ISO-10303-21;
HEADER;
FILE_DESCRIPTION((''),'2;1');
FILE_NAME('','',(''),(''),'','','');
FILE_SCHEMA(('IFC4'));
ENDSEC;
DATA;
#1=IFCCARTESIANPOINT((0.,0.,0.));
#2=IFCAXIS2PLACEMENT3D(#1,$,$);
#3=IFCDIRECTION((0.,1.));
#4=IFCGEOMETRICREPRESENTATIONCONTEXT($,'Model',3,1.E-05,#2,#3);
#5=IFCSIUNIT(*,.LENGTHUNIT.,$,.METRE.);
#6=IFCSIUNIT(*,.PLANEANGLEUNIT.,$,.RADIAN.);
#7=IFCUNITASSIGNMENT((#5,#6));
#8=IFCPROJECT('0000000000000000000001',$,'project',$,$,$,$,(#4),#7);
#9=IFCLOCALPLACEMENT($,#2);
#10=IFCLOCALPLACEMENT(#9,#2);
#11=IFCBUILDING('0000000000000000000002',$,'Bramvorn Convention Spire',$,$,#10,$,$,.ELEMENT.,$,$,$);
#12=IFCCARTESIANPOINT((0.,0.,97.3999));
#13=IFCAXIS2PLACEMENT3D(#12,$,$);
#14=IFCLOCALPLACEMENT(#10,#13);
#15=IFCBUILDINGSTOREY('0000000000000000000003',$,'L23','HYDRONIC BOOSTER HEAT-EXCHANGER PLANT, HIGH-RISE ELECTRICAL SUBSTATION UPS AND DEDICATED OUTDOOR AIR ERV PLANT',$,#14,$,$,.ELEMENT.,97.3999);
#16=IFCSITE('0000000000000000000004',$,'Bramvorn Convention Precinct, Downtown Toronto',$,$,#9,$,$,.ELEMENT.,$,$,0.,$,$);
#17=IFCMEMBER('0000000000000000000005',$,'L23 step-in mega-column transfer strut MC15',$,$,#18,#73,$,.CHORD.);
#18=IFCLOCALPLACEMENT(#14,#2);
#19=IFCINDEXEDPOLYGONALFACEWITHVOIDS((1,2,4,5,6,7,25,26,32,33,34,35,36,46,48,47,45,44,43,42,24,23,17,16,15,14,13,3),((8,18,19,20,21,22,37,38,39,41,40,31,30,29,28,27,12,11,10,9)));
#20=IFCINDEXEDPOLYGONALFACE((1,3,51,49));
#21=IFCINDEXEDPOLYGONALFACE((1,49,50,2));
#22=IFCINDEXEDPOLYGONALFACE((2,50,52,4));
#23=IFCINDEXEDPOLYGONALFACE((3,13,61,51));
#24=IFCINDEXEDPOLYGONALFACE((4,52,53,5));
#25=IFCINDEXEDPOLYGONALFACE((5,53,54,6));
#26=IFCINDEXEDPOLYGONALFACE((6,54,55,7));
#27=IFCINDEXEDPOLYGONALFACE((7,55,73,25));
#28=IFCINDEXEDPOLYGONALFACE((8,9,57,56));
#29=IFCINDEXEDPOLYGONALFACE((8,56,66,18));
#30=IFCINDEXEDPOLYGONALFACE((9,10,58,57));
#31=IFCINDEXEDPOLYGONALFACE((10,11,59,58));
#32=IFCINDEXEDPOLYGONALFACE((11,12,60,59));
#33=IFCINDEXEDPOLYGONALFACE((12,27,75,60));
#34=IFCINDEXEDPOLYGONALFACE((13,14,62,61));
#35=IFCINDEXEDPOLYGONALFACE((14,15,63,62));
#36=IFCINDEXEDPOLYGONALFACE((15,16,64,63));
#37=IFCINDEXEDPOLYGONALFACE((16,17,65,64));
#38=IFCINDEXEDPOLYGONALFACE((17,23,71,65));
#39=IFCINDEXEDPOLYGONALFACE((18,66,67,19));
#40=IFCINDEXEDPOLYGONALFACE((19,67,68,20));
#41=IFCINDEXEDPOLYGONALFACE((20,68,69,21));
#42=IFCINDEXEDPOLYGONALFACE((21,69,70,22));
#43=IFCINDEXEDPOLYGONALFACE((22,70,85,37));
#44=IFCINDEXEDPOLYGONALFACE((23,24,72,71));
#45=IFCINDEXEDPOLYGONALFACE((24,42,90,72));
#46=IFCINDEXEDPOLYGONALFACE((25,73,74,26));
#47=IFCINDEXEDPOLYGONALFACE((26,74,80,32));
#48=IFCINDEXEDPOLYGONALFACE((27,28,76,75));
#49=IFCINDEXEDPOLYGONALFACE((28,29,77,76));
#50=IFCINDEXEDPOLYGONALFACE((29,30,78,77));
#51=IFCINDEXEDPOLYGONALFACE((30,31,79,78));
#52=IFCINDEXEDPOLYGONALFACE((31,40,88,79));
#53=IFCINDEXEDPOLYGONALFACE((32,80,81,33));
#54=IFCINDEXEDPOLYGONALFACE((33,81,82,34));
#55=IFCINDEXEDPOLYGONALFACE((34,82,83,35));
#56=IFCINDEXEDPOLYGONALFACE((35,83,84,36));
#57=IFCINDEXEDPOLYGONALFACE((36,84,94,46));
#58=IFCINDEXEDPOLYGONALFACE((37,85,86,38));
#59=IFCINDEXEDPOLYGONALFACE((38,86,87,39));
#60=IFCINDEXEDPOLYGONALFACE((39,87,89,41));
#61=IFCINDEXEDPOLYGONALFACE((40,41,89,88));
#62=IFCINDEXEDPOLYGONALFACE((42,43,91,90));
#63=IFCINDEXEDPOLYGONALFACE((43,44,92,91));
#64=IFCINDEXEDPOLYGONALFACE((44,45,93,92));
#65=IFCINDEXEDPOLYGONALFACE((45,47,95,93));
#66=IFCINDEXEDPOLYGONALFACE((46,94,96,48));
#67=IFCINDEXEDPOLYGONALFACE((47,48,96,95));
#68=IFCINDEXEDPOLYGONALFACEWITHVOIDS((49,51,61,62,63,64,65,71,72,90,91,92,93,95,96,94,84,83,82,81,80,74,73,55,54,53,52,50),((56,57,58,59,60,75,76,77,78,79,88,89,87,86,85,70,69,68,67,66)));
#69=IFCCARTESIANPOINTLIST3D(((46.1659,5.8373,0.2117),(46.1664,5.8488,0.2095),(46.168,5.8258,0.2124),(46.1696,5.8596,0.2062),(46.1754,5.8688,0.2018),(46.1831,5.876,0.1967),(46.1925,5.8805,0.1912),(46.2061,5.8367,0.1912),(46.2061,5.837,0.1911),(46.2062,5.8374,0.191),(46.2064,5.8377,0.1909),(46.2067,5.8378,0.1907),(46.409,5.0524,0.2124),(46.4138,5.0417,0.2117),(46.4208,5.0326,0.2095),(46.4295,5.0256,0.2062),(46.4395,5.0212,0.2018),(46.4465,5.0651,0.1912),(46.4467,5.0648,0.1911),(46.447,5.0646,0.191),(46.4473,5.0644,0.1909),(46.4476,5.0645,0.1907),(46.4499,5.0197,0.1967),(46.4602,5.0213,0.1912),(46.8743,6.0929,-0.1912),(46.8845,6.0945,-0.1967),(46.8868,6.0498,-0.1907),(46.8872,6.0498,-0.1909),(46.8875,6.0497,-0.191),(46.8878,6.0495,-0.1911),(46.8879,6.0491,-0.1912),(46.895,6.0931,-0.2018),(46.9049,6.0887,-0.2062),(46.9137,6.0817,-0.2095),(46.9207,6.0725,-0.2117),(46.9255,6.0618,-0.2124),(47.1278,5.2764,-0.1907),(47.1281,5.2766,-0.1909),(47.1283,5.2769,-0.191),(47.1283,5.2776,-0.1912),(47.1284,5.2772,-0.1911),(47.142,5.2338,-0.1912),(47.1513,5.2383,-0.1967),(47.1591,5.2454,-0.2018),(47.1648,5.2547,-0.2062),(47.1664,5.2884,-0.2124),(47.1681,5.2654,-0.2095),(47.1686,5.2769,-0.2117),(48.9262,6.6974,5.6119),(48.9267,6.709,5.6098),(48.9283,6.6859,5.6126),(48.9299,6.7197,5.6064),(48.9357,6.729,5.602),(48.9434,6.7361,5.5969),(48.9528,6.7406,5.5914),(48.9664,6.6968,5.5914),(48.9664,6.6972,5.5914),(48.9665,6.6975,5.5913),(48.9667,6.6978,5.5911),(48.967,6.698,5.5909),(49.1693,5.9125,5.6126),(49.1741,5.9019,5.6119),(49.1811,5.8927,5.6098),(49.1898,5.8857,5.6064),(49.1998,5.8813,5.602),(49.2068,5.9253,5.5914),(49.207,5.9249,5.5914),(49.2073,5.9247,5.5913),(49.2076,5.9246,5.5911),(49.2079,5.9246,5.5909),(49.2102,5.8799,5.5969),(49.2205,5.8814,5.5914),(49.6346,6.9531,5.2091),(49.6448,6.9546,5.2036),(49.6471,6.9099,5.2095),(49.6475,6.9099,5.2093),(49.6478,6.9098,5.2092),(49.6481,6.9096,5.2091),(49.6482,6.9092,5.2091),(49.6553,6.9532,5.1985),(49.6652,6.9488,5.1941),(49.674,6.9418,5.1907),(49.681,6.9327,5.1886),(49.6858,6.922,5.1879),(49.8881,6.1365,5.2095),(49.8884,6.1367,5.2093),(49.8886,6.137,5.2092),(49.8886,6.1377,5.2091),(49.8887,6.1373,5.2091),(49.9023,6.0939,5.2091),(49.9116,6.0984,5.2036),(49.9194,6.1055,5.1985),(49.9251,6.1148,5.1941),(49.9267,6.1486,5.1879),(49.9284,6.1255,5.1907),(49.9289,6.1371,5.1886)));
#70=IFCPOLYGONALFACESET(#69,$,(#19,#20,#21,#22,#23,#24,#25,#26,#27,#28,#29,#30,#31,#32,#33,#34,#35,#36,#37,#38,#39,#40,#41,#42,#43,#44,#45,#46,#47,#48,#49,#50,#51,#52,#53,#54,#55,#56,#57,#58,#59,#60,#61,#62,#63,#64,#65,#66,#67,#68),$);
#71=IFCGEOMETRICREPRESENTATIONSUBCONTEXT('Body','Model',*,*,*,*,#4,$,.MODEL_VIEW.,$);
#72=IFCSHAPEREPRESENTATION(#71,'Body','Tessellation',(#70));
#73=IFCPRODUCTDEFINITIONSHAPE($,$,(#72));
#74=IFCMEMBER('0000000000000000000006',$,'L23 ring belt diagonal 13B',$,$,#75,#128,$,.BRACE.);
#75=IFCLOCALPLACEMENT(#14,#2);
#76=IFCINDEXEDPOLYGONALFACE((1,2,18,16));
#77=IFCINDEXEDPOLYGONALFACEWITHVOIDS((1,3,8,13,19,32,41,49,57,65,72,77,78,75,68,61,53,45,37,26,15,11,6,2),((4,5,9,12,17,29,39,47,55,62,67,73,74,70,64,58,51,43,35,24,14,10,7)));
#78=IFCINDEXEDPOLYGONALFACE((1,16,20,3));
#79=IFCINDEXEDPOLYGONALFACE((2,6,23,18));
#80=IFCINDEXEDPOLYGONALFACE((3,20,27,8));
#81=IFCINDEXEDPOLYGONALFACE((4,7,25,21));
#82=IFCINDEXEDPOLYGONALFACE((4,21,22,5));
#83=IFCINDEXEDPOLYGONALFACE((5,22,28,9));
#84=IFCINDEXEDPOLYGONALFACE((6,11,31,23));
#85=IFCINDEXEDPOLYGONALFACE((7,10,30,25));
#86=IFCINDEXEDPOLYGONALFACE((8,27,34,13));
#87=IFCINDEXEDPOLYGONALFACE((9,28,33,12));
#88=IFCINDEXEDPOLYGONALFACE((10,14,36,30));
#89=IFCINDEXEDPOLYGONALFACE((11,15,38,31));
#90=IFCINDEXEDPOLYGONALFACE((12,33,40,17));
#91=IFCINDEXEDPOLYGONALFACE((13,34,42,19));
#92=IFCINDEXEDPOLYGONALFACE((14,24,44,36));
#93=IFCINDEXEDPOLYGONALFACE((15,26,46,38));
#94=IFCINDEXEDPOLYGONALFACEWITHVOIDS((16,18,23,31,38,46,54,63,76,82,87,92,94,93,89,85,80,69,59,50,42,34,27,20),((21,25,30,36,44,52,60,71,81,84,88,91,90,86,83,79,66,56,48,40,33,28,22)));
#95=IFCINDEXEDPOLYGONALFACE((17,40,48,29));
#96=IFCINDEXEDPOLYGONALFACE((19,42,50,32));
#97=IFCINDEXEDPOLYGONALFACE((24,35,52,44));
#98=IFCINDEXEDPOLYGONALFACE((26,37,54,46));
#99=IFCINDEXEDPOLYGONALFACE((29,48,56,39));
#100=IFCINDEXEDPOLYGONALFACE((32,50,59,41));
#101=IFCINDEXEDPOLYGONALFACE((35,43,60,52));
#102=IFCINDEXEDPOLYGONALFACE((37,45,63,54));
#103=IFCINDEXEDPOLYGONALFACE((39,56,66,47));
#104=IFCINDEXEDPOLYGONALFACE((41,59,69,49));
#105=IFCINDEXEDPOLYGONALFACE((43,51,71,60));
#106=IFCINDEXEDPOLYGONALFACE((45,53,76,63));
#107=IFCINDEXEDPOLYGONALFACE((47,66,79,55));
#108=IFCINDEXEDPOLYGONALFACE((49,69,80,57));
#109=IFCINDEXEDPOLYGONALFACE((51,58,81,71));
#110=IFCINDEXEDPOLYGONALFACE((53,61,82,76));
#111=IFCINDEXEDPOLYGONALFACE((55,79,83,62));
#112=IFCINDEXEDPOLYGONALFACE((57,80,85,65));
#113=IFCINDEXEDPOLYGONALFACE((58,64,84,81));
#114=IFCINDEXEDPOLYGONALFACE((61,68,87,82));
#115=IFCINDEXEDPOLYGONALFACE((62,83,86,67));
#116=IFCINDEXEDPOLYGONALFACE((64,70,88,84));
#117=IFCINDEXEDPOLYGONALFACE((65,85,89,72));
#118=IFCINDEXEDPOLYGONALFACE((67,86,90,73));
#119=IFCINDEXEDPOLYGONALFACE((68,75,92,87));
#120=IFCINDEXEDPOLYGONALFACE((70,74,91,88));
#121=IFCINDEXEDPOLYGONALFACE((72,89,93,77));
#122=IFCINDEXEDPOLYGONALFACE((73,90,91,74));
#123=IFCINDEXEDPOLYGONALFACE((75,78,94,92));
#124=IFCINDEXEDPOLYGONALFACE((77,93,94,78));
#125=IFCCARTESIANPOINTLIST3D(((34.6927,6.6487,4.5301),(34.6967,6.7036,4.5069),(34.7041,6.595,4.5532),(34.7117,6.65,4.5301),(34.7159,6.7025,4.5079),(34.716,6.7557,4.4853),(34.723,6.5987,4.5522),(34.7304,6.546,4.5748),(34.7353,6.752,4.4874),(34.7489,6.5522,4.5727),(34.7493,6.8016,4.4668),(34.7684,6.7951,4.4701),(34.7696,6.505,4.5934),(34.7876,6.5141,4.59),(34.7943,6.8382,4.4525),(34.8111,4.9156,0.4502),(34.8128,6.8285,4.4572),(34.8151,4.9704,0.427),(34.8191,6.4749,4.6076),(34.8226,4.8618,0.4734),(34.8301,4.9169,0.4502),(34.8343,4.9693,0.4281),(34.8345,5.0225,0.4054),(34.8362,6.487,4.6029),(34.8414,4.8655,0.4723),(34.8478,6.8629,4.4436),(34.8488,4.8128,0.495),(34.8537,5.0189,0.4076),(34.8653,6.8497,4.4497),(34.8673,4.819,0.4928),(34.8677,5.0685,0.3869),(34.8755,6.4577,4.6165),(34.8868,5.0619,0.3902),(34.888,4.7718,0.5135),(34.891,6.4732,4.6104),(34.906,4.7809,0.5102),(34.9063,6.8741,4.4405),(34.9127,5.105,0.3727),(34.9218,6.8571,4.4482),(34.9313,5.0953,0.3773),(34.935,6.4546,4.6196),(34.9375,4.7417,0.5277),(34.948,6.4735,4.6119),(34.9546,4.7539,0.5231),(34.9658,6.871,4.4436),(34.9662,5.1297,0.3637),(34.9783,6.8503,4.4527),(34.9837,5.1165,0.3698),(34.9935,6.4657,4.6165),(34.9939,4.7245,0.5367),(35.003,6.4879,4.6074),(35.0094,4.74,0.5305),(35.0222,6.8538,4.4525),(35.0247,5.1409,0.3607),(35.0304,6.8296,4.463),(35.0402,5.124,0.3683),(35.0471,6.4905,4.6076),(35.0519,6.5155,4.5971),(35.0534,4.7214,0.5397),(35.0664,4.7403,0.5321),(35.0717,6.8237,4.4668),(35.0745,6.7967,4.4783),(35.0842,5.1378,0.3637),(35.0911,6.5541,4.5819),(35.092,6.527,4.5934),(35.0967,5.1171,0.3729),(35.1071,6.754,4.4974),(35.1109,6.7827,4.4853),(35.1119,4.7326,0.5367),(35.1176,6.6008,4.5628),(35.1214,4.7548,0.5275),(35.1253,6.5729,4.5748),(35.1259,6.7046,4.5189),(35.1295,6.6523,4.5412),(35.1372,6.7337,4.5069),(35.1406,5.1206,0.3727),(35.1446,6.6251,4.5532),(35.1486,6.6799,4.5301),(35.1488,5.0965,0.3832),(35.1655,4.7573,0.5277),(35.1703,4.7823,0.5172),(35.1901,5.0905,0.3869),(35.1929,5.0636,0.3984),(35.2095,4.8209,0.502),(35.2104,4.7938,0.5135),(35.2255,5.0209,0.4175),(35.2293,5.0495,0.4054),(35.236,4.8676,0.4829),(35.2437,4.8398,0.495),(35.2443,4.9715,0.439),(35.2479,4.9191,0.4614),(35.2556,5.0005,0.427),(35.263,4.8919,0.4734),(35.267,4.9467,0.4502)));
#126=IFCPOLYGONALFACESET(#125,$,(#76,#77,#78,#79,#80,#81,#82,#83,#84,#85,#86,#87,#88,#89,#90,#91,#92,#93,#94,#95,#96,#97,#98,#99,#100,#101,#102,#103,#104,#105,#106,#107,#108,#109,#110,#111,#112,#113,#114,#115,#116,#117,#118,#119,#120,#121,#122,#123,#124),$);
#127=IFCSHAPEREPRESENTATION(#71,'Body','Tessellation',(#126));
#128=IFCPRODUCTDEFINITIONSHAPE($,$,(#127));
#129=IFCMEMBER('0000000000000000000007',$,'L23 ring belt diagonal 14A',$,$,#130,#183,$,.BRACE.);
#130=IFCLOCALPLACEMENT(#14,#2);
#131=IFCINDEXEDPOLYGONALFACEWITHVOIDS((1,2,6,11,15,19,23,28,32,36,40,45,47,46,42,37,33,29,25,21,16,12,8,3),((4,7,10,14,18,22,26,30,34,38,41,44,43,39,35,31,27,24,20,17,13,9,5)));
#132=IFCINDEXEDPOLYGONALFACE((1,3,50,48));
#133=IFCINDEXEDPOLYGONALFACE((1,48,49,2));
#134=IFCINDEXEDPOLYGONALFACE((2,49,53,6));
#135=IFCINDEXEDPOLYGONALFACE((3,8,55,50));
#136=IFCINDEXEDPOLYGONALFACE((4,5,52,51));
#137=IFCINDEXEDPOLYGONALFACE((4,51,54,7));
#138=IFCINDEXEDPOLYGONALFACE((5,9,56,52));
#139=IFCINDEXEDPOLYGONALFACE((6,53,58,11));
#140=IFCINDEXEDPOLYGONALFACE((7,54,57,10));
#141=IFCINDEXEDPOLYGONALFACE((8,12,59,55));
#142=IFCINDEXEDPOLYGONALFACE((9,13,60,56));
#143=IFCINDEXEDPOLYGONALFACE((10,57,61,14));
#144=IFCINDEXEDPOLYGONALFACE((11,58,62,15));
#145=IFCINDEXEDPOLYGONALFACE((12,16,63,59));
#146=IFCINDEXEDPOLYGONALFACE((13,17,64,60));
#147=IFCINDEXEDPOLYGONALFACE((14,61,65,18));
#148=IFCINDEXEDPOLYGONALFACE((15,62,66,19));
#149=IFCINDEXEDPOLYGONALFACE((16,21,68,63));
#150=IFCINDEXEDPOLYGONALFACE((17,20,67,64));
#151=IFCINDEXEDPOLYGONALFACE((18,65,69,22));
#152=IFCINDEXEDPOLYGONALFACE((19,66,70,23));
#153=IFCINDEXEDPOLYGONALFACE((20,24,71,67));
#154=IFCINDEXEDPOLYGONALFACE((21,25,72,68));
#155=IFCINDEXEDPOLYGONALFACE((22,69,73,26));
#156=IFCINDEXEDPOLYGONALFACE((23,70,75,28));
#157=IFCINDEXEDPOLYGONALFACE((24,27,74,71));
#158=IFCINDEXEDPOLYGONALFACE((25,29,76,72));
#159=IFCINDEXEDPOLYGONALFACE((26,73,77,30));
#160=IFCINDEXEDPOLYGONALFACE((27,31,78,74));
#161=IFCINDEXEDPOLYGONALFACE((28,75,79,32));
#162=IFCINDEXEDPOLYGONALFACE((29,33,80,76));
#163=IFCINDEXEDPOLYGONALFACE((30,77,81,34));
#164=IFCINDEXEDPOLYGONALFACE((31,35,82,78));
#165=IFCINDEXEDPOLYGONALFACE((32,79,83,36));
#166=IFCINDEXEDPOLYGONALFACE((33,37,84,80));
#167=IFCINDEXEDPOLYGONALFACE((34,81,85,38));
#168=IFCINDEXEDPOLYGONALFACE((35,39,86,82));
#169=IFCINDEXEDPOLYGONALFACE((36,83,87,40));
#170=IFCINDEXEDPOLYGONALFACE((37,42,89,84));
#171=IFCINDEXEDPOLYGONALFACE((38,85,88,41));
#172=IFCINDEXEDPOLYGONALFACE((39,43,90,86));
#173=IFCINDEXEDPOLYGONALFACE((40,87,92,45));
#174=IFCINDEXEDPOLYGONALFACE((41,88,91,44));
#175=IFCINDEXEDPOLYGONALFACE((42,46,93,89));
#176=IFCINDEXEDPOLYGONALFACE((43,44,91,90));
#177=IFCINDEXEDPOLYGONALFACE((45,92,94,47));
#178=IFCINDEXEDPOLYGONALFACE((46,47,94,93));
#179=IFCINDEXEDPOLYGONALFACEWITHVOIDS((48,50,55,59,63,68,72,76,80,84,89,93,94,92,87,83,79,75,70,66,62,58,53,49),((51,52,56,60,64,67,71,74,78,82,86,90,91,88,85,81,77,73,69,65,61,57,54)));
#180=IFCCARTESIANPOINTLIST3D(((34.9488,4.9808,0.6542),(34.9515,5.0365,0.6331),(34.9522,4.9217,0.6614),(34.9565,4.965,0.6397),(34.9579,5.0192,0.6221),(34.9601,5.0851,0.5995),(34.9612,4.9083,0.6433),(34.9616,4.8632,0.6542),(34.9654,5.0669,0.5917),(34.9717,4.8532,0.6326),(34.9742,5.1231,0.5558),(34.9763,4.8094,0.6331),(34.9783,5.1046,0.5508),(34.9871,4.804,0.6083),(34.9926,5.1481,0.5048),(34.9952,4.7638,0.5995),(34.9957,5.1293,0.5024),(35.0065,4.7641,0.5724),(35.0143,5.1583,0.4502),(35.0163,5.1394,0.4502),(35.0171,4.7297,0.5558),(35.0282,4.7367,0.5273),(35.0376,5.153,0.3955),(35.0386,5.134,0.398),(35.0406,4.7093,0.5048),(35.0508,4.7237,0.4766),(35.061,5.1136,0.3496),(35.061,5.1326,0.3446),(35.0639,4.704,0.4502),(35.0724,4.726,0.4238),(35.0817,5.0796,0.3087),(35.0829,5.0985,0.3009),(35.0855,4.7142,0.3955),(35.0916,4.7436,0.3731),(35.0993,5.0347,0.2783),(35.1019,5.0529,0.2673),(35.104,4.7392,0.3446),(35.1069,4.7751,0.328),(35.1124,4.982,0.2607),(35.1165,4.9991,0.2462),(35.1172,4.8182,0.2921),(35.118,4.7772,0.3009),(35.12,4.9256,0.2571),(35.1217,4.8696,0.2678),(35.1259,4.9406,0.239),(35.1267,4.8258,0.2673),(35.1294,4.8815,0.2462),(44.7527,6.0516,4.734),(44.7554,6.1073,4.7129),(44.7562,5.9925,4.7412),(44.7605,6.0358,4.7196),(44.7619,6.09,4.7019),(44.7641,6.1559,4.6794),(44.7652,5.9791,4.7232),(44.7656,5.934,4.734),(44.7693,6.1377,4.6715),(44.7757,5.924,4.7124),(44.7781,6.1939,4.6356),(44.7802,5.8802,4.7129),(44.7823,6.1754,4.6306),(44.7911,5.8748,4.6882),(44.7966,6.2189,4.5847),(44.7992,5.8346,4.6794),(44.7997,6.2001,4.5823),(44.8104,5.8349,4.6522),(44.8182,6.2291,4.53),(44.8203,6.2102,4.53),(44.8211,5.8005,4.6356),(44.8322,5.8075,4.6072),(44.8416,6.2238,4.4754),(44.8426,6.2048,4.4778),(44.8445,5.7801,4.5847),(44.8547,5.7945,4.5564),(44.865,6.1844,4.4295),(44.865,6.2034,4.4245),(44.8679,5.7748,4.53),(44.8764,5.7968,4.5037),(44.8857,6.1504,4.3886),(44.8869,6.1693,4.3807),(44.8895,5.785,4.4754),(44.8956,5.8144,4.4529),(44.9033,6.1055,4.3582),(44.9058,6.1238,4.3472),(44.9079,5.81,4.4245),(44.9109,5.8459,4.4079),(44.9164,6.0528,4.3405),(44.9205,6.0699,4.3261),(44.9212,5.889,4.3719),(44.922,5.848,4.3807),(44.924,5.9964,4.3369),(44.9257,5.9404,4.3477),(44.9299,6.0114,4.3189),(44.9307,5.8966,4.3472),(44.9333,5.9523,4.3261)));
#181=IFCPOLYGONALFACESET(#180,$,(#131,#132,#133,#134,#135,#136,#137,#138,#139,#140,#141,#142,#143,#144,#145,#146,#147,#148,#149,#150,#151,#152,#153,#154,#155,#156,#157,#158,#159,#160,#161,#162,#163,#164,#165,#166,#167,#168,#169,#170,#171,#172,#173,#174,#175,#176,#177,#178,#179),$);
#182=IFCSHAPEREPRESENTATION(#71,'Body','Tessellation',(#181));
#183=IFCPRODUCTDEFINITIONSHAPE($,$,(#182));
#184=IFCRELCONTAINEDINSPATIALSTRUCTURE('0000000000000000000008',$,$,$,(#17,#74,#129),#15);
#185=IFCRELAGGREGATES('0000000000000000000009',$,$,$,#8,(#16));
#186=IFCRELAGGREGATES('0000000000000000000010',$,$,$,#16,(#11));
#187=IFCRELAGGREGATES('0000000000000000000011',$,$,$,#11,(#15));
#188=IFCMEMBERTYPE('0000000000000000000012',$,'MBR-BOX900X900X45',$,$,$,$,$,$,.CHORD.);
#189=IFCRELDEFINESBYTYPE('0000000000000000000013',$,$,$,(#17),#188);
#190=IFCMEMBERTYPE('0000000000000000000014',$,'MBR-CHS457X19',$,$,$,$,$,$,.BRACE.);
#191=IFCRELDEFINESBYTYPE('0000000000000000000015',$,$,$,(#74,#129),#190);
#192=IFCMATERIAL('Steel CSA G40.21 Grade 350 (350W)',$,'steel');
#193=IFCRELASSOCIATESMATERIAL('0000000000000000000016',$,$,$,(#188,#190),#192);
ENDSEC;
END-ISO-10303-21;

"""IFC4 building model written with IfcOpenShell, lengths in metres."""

from ifc_helpers import new_model, si_unit, direction, frame, origin, origin_2d, place, context, subcontext, project, spatial, hollow_rectangle, hollow_circle, extrude, material, material_profile, profile_set, type_object, element, save


model = new_model("IFC4")

# Units and contexts
model_context = context("Model", 3, precision=1e-05, world=origin(), true_north=direction((0.0, 1.0)))
body_context = subcontext(model_context, "Body", "Model", "MODEL_VIEW")
ifc_project = project(units=[si_unit("LENGTHUNIT", "METRE"), si_unit("PLANEANGLEUNIT", "RADIAN")], contexts=[model_context])

# Site, building, storey
site_placement = place(None, origin())
site = spatial("IfcSite", under=ifc_project, at=site_placement, Name="Bramvorn Convention Precinct, Downtown Toronto", CompositionType="ELEMENT", RefElevation=0.0)
building_placement = place(site_placement, origin())
building = spatial("IfcBuilding", under=site, at=building_placement, Name="Bramvorn Convention Spire", CompositionType="ELEMENT")
storey_placement = place(building_placement, frame((0.0, 0.0, 97.3999)))
storey = spatial("IfcBuildingStorey", under=building, at=storey_placement, Name="L23", Description="HYDRONIC BOOSTER HEAT-EXCHANGER PLANT, HIGH-RISE ELECTRICAL SUBSTATION UPS AND DEDICATED OUTDOOR AIR ERV PLANT", CompositionType="ELEMENT", Elevation=97.3999)

# Shared definitions
ifc_material_1 = material(Name="Steel CSA G40.21 Grade 350 (350W)", Category="steel")

# Members
ifc_material_profile_1 = material_profile(ifc_material_1, hollow_rectangle(XDim=0.8999, YDim=0.8999, WallThickness=0.0449, InnerFilletRadius=0.001, OuterFilletRadius=0.0449, at=origin_2d()))
ifc_profile_set_1 = profile_set([ifc_material_profile_1], Name="Steel CSA G40.21 Grade 350 (350W) - BOX900X900X45")
member_type_1 = type_object("IfcMemberType", Name="MBR-BOX900X900X45", PredefinedType="CHORD", material=ifc_profile_set_1)
member_1_placement = place(storey_placement, frame((46.6672, 5.5571, 0.0), z_axis=(0.450625, 0.140417, 0.881601), x_axis=(-0.297496, 0.954723, 0.0)))
element("IfcMember", 1, at=member_1_placement, inside=storey, type_object=member_type_1, Name="L23 step-in mega-column transfer strut MC15", PredefinedType="CHORD", context=body_context, shape_type="SweptSolid", body=[
    extrude(hollow_rectangle(XDim=0.8999, YDim=0.8999, WallThickness=0.0449, InnerFilletRadius=0.001, OuterFilletRadius=0.0449, at=origin_2d()), origin(), (0.0, 0.0, 1.0), 6.1255),
])
ifc_material_profile_2 = material_profile(ifc_material_1, hollow_circle(Radius=0.2285, WallThickness=0.019, at=origin_2d()))
ifc_profile_set_2 = profile_set([ifc_material_profile_2], Name="Steel CSA G40.21 Grade 350 (350W) - CHS457X19")
member_type_2 = type_object("IfcMemberType", Name="MBR-CHS457X19", PredefinedType="BRACE", material=ifc_profile_set_2)
member_2_placement = place(storey_placement, frame((35.0391, 4.9312, 0.4502), z_axis=(-0.026703, 0.390853, 0.920066), x_axis=(-0.997674, -0.068161, 0.0)))
element("IfcMember", 2, at=member_2_placement, inside=storey, type_object=member_type_2, Name="L23 ring belt diagonal 13B", PredefinedType="BRACE", context=body_context, shape_type="SweptSolid", body=[
    extrude(hollow_circle(Radius=0.2285, WallThickness=0.019, at=origin_2d()), origin(), (0.0, 0.0, 1.0), 4.4343),
])
member_3_placement = place(storey_placement, frame((35.0391, 4.9312, 0.4502), z_axis=(0.91859, 0.10033, 0.382264), x_axis=(-0.108576, 0.994088, 0.0)))
element("IfcMember", 3, at=member_3_placement, inside=storey, type_object=member_type_2, Name="L23 ring belt diagonal 14A", PredefinedType="BRACE", context=body_context, shape_type="SweptSolid", body=[
    extrude(hollow_circle(Radius=0.2285, WallThickness=0.019, at=origin_2d()), origin(), (0.0, 0.0, 1.0), 10.6729),
])

save(model, "model.ifc")
